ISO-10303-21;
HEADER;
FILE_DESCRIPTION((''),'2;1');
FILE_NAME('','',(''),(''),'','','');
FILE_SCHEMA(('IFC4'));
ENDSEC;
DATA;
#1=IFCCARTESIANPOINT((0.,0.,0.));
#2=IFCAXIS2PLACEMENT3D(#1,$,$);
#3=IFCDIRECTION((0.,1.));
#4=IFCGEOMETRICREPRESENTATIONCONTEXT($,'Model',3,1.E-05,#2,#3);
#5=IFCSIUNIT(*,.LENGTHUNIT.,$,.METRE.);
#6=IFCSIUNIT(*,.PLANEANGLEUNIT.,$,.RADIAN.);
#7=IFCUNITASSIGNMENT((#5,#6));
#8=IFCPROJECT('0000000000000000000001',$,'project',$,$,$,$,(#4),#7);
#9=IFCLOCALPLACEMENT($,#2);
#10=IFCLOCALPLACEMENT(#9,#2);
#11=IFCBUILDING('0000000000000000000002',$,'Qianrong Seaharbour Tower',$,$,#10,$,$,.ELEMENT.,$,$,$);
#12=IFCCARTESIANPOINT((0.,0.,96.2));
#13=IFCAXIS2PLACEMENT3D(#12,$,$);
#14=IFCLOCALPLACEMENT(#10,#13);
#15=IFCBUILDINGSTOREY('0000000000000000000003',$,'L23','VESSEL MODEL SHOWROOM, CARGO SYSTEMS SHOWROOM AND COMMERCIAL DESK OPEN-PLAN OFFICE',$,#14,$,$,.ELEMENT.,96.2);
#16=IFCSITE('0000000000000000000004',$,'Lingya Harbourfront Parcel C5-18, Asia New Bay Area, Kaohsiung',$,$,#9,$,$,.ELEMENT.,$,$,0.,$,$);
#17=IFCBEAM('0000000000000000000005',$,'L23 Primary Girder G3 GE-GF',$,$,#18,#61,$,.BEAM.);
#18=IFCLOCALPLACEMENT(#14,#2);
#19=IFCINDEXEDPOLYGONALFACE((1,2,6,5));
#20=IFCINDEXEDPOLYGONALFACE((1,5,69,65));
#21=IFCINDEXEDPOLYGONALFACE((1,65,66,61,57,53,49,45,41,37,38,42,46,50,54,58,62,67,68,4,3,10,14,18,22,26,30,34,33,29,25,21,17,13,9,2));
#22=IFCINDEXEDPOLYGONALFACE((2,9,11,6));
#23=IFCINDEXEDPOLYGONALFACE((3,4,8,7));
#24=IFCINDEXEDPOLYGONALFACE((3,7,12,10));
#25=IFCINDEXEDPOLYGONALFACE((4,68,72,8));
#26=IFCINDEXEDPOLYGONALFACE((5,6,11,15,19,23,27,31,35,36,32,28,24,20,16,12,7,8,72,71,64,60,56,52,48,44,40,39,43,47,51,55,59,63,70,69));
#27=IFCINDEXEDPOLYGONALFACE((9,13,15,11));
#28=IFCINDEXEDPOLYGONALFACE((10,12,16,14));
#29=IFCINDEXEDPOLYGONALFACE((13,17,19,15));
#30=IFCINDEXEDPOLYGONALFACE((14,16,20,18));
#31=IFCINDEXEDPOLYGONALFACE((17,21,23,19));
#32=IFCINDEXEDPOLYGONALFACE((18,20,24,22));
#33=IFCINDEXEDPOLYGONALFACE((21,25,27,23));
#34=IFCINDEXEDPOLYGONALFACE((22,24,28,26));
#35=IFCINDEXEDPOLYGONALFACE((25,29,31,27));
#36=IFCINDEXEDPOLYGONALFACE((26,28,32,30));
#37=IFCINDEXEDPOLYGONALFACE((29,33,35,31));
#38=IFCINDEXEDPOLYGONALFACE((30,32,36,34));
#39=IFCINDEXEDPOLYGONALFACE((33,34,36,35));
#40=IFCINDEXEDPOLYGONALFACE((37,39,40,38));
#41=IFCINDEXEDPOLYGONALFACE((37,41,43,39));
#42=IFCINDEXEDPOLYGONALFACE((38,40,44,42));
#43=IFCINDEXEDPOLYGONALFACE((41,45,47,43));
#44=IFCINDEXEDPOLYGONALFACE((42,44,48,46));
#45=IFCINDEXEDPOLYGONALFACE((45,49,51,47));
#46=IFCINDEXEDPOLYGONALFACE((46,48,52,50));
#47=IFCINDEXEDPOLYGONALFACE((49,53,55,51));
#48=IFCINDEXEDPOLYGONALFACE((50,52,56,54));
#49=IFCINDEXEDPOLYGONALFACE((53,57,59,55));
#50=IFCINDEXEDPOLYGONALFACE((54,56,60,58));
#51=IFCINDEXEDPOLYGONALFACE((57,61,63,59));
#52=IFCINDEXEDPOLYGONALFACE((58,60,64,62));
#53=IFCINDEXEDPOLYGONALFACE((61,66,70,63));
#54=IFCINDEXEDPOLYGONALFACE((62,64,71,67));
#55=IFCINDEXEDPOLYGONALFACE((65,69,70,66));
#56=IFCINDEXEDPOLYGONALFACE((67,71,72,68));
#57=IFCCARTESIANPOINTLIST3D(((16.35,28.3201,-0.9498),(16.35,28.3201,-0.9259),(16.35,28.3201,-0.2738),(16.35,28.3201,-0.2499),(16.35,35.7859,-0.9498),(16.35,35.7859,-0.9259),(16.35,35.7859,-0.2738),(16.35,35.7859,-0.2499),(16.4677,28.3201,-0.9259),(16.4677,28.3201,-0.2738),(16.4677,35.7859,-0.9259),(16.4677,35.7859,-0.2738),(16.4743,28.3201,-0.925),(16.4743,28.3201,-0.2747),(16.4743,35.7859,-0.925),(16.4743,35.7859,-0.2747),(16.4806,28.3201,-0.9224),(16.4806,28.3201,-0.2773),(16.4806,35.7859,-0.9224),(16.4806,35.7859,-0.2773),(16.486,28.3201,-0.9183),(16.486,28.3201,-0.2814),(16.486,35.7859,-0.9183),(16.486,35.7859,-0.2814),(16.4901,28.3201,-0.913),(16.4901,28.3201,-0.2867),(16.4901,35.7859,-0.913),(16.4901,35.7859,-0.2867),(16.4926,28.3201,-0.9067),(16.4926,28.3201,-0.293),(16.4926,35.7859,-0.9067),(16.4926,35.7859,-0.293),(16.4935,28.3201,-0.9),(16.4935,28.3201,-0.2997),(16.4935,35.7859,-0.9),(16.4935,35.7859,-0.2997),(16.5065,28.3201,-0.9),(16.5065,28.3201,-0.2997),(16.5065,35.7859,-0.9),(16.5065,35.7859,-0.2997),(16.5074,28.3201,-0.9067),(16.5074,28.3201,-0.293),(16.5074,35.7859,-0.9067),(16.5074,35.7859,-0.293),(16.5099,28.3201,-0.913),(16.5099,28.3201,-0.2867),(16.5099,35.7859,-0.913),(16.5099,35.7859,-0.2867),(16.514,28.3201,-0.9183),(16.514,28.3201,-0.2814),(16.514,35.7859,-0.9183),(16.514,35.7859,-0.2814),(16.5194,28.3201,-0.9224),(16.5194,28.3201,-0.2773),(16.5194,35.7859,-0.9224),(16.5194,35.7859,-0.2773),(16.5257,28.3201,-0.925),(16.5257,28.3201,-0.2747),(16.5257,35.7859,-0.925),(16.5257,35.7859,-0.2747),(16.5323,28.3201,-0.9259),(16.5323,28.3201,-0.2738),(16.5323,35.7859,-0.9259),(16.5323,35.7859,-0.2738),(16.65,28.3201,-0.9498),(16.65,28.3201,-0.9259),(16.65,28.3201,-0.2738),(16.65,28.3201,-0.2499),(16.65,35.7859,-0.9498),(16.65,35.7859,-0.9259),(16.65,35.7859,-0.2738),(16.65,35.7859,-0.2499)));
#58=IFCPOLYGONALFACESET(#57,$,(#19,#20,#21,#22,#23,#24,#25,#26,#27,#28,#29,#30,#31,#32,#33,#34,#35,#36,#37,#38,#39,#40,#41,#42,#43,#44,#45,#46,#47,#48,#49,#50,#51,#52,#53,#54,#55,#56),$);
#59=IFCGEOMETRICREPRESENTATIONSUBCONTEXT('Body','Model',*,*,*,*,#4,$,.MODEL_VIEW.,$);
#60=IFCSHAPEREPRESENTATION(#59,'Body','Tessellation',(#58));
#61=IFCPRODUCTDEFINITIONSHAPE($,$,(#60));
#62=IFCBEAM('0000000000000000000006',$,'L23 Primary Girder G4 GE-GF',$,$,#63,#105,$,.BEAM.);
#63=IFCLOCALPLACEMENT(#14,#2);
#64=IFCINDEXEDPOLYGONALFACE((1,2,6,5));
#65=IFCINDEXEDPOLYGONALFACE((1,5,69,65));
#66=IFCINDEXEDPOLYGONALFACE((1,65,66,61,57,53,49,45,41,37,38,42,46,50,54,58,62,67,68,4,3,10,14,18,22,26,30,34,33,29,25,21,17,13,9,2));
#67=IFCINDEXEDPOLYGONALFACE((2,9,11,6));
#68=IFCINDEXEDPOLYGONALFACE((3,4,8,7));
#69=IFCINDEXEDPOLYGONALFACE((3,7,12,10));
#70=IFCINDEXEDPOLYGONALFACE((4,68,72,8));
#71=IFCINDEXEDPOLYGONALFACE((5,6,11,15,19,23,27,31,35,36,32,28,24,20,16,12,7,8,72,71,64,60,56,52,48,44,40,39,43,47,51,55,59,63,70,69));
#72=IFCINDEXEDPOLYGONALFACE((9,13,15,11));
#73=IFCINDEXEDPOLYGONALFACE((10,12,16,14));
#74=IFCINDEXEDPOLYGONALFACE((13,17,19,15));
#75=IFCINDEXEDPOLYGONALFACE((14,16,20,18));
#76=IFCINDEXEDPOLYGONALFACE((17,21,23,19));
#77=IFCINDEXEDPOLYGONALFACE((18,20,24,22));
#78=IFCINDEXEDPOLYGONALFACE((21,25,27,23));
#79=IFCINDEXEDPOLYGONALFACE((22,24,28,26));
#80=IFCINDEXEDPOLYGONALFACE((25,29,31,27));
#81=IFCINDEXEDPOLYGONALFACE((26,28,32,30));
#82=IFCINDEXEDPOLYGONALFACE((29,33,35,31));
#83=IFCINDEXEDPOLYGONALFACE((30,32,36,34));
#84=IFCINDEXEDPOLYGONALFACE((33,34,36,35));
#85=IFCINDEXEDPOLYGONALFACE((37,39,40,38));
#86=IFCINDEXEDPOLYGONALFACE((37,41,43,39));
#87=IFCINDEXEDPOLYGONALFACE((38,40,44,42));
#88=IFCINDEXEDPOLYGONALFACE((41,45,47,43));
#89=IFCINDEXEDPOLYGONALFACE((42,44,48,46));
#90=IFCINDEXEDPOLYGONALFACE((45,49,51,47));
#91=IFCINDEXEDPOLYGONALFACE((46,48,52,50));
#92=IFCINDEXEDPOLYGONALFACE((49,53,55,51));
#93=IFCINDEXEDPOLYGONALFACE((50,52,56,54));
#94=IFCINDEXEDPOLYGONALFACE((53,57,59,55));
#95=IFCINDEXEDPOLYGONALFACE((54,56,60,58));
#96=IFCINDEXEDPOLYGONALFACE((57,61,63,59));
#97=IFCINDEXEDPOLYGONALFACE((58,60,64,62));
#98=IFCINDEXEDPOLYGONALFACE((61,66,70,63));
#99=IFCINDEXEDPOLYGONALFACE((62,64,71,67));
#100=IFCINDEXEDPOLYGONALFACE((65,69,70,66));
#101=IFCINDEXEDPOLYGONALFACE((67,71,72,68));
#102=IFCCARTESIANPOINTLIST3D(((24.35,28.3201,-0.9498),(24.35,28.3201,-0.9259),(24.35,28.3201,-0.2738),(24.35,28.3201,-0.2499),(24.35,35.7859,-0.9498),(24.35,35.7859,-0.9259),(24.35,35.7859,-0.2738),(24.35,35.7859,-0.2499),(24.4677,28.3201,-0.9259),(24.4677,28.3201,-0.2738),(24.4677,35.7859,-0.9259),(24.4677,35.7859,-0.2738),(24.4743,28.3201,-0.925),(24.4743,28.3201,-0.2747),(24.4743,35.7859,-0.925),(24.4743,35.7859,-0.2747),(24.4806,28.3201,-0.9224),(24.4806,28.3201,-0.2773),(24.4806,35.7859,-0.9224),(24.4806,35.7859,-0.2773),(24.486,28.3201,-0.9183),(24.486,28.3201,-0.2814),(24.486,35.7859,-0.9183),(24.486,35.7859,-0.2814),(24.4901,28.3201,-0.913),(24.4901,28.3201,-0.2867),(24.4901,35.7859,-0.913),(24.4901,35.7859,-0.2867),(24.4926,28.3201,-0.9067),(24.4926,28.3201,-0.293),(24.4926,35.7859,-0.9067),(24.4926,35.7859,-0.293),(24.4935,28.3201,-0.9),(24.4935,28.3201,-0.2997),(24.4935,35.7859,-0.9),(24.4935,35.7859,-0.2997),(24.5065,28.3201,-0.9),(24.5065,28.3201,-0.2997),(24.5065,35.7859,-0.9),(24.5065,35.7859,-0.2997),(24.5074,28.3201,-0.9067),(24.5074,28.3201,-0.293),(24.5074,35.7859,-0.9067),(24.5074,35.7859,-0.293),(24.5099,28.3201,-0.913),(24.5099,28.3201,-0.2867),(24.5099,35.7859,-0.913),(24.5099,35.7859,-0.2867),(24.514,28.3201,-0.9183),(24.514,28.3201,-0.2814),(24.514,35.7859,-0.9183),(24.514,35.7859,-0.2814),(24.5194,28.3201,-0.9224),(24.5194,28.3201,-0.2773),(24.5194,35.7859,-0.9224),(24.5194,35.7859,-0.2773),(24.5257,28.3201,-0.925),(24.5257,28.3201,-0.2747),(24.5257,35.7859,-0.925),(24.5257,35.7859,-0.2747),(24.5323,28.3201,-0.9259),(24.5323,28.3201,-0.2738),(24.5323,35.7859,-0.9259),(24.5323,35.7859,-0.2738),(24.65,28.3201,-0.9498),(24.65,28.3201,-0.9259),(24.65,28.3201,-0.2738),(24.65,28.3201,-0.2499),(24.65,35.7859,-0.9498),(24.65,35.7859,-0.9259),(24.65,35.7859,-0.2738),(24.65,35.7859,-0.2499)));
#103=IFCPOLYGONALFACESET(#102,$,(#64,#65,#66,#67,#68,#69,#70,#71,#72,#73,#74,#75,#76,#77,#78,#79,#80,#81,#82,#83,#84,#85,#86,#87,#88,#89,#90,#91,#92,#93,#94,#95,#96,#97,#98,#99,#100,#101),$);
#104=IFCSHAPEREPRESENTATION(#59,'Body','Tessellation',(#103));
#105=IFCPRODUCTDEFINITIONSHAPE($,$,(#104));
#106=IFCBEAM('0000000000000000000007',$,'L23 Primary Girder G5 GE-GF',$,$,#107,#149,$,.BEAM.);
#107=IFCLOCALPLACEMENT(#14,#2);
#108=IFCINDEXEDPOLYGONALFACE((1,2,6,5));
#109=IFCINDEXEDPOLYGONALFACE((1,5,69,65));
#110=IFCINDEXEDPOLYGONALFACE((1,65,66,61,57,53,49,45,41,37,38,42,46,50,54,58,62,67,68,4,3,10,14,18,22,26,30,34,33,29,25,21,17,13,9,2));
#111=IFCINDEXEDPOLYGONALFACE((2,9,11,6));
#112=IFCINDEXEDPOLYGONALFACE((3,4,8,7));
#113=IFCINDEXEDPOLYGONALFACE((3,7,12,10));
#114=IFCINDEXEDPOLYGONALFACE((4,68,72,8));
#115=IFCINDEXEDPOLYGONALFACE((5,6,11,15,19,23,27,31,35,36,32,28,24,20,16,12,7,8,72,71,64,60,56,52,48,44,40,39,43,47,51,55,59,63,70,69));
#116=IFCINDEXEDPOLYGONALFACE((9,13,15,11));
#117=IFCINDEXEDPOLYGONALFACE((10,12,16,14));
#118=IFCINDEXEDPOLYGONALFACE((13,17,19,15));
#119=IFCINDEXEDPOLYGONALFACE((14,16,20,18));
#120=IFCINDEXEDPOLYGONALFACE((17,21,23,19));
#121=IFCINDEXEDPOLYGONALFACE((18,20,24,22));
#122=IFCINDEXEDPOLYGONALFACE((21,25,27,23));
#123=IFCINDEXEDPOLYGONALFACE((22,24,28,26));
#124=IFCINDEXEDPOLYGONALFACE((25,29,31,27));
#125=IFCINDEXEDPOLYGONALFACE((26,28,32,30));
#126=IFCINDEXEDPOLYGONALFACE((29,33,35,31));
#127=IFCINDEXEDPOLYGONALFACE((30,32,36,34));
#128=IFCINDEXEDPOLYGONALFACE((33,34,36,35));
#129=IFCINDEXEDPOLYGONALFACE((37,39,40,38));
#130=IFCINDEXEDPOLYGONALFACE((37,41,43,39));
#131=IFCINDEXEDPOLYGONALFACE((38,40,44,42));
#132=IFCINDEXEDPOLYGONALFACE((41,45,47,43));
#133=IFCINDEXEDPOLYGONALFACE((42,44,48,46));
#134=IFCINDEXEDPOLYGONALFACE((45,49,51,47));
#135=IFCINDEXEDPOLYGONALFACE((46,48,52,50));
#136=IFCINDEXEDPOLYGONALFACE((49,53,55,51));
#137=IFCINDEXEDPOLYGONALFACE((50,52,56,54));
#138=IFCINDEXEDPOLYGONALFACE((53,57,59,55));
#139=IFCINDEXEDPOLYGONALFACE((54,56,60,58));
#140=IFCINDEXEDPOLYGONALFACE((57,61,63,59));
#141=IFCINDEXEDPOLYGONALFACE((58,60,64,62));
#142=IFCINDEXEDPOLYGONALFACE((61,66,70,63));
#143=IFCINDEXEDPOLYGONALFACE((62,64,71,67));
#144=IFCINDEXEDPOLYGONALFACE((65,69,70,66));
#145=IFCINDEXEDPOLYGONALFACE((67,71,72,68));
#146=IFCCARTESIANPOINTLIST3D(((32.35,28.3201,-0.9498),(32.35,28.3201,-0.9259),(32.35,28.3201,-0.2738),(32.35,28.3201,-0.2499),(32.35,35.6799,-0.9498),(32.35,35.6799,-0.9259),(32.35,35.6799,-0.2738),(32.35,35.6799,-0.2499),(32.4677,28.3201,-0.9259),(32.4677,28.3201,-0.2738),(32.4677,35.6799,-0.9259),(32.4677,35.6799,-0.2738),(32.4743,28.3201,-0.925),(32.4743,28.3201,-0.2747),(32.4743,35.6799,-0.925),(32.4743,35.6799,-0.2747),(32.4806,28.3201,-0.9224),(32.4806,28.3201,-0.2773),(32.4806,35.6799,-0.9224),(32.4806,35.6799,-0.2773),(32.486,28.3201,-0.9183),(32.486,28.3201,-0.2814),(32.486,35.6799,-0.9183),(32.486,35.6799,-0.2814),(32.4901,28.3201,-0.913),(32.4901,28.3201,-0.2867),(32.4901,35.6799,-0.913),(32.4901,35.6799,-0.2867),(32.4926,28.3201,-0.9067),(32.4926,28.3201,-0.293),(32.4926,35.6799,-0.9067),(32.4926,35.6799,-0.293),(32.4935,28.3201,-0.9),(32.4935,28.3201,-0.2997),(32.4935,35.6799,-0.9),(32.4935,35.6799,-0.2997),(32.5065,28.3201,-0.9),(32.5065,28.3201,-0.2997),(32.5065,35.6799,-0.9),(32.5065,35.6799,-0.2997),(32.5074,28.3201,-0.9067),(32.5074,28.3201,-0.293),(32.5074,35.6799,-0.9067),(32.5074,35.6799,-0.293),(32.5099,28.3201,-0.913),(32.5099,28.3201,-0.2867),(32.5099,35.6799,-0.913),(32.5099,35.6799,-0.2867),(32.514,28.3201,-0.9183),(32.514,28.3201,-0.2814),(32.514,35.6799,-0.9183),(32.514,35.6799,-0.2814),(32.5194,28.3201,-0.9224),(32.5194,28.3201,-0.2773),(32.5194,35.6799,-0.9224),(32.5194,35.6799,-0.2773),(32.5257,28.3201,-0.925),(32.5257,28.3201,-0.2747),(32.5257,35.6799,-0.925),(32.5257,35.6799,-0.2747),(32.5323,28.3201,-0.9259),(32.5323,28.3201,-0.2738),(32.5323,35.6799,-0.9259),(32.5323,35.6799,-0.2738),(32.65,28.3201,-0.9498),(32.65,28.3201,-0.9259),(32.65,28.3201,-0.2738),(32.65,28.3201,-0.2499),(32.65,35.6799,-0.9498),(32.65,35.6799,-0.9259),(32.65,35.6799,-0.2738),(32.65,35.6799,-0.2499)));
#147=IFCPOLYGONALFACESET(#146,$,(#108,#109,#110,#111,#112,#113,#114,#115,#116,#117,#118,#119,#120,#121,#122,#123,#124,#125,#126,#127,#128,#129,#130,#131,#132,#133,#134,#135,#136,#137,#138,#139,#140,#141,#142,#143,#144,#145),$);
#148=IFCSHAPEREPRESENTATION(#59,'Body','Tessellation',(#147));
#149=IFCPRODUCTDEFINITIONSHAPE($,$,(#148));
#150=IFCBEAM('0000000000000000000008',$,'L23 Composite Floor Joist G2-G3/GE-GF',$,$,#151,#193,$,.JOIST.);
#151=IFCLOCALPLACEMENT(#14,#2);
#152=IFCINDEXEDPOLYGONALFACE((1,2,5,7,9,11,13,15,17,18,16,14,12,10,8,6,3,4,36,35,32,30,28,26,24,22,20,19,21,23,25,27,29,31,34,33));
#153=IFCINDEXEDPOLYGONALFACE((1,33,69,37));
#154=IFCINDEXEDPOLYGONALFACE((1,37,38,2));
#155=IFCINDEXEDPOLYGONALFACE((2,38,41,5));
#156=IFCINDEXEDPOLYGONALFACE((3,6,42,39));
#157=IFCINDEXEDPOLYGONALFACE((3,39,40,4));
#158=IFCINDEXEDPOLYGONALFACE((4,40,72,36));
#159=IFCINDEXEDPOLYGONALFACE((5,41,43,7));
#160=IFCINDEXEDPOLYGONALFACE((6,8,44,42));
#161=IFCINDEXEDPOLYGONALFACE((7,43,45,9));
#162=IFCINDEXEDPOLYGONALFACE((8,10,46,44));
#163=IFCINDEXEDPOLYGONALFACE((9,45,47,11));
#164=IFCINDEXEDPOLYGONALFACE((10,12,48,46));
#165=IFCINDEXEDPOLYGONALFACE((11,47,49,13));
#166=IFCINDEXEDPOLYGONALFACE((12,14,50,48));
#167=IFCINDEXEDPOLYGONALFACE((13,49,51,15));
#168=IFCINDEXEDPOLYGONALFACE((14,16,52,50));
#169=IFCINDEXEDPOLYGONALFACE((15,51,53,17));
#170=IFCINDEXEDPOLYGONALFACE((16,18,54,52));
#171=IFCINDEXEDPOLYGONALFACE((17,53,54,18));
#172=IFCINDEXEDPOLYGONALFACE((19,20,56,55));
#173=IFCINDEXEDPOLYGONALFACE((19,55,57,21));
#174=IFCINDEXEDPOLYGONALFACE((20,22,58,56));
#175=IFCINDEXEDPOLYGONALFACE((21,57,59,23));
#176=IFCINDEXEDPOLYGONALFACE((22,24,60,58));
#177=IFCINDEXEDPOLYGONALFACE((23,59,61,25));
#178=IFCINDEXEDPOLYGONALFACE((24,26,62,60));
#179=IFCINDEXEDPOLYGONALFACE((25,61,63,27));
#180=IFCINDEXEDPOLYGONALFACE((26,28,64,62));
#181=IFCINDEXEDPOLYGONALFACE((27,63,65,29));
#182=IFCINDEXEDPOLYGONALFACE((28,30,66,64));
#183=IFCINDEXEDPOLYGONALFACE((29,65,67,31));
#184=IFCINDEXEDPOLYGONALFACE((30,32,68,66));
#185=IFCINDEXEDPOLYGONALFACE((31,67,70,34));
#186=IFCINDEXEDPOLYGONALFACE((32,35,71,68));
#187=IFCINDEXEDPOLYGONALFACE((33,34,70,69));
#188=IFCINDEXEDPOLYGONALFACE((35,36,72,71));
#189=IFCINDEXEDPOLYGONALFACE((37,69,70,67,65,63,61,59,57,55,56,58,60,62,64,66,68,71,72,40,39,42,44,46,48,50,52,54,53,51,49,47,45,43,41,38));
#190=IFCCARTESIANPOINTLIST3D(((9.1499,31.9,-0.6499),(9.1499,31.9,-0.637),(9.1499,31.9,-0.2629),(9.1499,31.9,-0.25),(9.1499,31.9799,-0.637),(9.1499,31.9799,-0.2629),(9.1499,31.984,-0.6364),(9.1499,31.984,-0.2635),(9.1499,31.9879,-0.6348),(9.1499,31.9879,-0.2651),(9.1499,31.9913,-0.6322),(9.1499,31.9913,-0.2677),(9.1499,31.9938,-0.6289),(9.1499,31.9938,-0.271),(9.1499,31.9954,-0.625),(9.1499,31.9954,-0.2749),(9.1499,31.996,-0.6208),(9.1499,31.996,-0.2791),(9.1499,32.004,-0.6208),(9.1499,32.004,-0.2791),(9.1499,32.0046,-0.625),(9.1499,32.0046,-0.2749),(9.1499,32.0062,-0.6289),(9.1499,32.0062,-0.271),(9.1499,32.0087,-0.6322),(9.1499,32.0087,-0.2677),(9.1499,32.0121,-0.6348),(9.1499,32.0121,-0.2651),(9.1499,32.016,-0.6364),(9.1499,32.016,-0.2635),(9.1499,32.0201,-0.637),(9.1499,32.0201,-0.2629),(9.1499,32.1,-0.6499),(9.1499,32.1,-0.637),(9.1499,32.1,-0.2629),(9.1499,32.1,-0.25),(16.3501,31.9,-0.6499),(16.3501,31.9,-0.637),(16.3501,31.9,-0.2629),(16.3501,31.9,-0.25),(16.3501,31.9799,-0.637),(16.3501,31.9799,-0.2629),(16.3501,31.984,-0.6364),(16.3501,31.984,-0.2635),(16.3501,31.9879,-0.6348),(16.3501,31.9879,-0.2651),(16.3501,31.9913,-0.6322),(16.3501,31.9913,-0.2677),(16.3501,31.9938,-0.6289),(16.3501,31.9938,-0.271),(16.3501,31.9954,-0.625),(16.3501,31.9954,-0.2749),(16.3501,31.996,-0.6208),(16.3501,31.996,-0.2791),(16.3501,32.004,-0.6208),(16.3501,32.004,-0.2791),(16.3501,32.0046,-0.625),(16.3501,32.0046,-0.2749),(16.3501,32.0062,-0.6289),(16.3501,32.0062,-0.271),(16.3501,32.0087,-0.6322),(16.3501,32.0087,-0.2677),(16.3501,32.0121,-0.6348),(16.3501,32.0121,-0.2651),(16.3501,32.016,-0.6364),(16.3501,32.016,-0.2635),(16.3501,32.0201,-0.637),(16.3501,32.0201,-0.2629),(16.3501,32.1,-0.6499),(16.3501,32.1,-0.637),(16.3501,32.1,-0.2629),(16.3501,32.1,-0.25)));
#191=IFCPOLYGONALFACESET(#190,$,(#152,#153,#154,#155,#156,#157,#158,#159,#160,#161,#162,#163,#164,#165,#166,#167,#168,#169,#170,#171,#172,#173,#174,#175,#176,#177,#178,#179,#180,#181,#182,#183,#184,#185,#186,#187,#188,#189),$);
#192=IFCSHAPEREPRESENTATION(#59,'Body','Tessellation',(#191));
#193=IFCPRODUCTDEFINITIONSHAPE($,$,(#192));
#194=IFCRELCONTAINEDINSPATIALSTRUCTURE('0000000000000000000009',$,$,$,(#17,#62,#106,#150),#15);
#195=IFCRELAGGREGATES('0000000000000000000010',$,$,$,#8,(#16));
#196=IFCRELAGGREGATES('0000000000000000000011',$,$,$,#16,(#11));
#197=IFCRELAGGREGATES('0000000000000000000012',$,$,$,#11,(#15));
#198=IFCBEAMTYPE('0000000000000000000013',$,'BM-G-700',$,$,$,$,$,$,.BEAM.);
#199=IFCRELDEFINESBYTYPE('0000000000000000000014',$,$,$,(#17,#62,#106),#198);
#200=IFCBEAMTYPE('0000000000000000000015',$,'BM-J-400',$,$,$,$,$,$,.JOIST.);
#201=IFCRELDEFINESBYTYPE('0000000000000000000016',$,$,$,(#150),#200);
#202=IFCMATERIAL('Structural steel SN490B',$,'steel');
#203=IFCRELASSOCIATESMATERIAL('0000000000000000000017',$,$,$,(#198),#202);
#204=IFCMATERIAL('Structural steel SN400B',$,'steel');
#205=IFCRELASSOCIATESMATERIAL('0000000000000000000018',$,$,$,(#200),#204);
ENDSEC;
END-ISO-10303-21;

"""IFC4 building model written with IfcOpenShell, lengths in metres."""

from ifc_helpers import new_model, si_unit, direction, frame, origin, origin_2d, place, context, subcontext, project, spatial, i_section, extrude, material, material_profile, profile_set, type_object, element, save


model = new_model("IFC4")

# Units and contexts
model_context = context("Model", 3, precision=1e-05, world=origin(), true_north=direction((0.0, 1.0)))
body_context = subcontext(model_context, "Body", "Model", "MODEL_VIEW")
ifc_project = project(units=[si_unit("LENGTHUNIT", "METRE"), si_unit("PLANEANGLEUNIT", "RADIAN")], contexts=[model_context])

# Site, building, storey
site_placement = place(None, origin())
site = spatial("IfcSite", under=ifc_project, at=site_placement, Name="Lingya Harbourfront Parcel C5-18, Asia New Bay Area, Kaohsiung", CompositionType="ELEMENT", RefElevation=0.0)
building_placement = place(site_placement, origin())
building = spatial("IfcBuilding", under=site, at=building_placement, Name="Qianrong Seaharbour Tower", CompositionType="ELEMENT")
storey_placement = place(building_placement, frame((0.0, 0.0, 96.2)))
storey = spatial("IfcBuildingStorey", under=building, at=storey_placement, Name="L23", Description="VESSEL MODEL SHOWROOM, CARGO SYSTEMS SHOWROOM AND COMMERCIAL DESK OPEN-PLAN OFFICE", CompositionType="ELEMENT", Elevation=96.2)

# Shared definitions
ifc_material_1 = material(Name="Structural steel SN490B", Category="steel")

# Beams
ifc_material_profile_1 = material_profile(ifc_material_1, i_section(OverallWidth=0.3, OverallDepth=0.7, WebThickness=0.0129, FlangeThickness=0.0239, FilletRadius=0.0259, at=origin_2d()), Name="H700x300x13x24")
ifc_profile_set_1 = profile_set([ifc_material_profile_1], Name="Structural steel SN490B")
beam_type_1 = type_object("IfcBeamType", Name="BM-G-700", PredefinedType="BEAM", material=ifc_profile_set_1)
for number, where, z_axis, x_axis, name in (
    (1, (16.5, 28.3201, -0.5999), (0.0, 1.0, 0.0), (-1.0, 0.0, 0.0), "L23 Primary Girder G3 GE-GF"),
    (2, (24.5, 28.3201, -0.5999), (0.0, 1.0, 0.0), (-1.0, 0.0, 0.0), "L23 Primary Girder G4 GE-GF"),
):
    element("IfcBeam", number, at=place(storey_placement, frame(where, z_axis=z_axis, x_axis=x_axis)), inside=storey, type_object=beam_type_1, Name=name, PredefinedType="BEAM", context=body_context, shape_type="SweptSolid", body=[
        extrude(i_section(OverallWidth=0.3, OverallDepth=0.7, WebThickness=0.0129, FlangeThickness=0.0239, FilletRadius=0.0259, at=origin_2d()), origin(), (0.0, 0.0, 1.0), 7.4658),
    ])
beam_1_placement = place(storey_placement, frame((32.5, 28.3201, -0.5999), z_axis=(0.0, 1.0, 0.0), x_axis=(-1.0, 0.0, 0.0)))
element("IfcBeam", 3, at=beam_1_placement, inside=storey, type_object=beam_type_1, Name="L23 Primary Girder G5 GE-GF", PredefinedType="BEAM", context=body_context, shape_type="SweptSolid", body=[
    extrude(i_section(OverallWidth=0.3, OverallDepth=0.7, WebThickness=0.0129, FlangeThickness=0.0239, FilletRadius=0.0259, at=origin_2d()), origin(), (0.0, 0.0, 1.0), 7.3599),
])
ifc_material_2 = material(Name="Structural steel SN400B", Category="steel")
ifc_material_profile_2 = material_profile(ifc_material_2, i_section(OverallWidth=0.2, OverallDepth=0.3999, WebThickness=0.0081, FlangeThickness=0.0129, FilletRadius=0.0161, at=origin_2d()), Name="H400x200x8x13")
ifc_profile_set_2 = profile_set([ifc_material_profile_2], Name="Structural steel SN400B")
beam_type_2 = type_object("IfcBeamType", Name="BM-J-400", PredefinedType="JOIST", material=ifc_profile_set_2)
beam_2_placement = place(storey_placement, frame((9.1499, 32.0, -0.45), z_axis=(1.0, 0.0, 0.0), x_axis=(0.0, 1.0, 0.0)))
element("IfcBeam", 4, at=beam_2_placement, inside=storey, type_object=beam_type_2, Name="L23 Composite Floor Joist G2-G3/GE-GF", PredefinedType="JOIST", context=body_context, shape_type="SweptSolid", body=[
    extrude(i_section(OverallWidth=0.2, OverallDepth=0.3999, WebThickness=0.0081, FlangeThickness=0.0129, FilletRadius=0.0161, at=origin_2d()), origin(), (0.0, 0.0, 1.0), 7.2002),
])

save(model, "model.ifc")
